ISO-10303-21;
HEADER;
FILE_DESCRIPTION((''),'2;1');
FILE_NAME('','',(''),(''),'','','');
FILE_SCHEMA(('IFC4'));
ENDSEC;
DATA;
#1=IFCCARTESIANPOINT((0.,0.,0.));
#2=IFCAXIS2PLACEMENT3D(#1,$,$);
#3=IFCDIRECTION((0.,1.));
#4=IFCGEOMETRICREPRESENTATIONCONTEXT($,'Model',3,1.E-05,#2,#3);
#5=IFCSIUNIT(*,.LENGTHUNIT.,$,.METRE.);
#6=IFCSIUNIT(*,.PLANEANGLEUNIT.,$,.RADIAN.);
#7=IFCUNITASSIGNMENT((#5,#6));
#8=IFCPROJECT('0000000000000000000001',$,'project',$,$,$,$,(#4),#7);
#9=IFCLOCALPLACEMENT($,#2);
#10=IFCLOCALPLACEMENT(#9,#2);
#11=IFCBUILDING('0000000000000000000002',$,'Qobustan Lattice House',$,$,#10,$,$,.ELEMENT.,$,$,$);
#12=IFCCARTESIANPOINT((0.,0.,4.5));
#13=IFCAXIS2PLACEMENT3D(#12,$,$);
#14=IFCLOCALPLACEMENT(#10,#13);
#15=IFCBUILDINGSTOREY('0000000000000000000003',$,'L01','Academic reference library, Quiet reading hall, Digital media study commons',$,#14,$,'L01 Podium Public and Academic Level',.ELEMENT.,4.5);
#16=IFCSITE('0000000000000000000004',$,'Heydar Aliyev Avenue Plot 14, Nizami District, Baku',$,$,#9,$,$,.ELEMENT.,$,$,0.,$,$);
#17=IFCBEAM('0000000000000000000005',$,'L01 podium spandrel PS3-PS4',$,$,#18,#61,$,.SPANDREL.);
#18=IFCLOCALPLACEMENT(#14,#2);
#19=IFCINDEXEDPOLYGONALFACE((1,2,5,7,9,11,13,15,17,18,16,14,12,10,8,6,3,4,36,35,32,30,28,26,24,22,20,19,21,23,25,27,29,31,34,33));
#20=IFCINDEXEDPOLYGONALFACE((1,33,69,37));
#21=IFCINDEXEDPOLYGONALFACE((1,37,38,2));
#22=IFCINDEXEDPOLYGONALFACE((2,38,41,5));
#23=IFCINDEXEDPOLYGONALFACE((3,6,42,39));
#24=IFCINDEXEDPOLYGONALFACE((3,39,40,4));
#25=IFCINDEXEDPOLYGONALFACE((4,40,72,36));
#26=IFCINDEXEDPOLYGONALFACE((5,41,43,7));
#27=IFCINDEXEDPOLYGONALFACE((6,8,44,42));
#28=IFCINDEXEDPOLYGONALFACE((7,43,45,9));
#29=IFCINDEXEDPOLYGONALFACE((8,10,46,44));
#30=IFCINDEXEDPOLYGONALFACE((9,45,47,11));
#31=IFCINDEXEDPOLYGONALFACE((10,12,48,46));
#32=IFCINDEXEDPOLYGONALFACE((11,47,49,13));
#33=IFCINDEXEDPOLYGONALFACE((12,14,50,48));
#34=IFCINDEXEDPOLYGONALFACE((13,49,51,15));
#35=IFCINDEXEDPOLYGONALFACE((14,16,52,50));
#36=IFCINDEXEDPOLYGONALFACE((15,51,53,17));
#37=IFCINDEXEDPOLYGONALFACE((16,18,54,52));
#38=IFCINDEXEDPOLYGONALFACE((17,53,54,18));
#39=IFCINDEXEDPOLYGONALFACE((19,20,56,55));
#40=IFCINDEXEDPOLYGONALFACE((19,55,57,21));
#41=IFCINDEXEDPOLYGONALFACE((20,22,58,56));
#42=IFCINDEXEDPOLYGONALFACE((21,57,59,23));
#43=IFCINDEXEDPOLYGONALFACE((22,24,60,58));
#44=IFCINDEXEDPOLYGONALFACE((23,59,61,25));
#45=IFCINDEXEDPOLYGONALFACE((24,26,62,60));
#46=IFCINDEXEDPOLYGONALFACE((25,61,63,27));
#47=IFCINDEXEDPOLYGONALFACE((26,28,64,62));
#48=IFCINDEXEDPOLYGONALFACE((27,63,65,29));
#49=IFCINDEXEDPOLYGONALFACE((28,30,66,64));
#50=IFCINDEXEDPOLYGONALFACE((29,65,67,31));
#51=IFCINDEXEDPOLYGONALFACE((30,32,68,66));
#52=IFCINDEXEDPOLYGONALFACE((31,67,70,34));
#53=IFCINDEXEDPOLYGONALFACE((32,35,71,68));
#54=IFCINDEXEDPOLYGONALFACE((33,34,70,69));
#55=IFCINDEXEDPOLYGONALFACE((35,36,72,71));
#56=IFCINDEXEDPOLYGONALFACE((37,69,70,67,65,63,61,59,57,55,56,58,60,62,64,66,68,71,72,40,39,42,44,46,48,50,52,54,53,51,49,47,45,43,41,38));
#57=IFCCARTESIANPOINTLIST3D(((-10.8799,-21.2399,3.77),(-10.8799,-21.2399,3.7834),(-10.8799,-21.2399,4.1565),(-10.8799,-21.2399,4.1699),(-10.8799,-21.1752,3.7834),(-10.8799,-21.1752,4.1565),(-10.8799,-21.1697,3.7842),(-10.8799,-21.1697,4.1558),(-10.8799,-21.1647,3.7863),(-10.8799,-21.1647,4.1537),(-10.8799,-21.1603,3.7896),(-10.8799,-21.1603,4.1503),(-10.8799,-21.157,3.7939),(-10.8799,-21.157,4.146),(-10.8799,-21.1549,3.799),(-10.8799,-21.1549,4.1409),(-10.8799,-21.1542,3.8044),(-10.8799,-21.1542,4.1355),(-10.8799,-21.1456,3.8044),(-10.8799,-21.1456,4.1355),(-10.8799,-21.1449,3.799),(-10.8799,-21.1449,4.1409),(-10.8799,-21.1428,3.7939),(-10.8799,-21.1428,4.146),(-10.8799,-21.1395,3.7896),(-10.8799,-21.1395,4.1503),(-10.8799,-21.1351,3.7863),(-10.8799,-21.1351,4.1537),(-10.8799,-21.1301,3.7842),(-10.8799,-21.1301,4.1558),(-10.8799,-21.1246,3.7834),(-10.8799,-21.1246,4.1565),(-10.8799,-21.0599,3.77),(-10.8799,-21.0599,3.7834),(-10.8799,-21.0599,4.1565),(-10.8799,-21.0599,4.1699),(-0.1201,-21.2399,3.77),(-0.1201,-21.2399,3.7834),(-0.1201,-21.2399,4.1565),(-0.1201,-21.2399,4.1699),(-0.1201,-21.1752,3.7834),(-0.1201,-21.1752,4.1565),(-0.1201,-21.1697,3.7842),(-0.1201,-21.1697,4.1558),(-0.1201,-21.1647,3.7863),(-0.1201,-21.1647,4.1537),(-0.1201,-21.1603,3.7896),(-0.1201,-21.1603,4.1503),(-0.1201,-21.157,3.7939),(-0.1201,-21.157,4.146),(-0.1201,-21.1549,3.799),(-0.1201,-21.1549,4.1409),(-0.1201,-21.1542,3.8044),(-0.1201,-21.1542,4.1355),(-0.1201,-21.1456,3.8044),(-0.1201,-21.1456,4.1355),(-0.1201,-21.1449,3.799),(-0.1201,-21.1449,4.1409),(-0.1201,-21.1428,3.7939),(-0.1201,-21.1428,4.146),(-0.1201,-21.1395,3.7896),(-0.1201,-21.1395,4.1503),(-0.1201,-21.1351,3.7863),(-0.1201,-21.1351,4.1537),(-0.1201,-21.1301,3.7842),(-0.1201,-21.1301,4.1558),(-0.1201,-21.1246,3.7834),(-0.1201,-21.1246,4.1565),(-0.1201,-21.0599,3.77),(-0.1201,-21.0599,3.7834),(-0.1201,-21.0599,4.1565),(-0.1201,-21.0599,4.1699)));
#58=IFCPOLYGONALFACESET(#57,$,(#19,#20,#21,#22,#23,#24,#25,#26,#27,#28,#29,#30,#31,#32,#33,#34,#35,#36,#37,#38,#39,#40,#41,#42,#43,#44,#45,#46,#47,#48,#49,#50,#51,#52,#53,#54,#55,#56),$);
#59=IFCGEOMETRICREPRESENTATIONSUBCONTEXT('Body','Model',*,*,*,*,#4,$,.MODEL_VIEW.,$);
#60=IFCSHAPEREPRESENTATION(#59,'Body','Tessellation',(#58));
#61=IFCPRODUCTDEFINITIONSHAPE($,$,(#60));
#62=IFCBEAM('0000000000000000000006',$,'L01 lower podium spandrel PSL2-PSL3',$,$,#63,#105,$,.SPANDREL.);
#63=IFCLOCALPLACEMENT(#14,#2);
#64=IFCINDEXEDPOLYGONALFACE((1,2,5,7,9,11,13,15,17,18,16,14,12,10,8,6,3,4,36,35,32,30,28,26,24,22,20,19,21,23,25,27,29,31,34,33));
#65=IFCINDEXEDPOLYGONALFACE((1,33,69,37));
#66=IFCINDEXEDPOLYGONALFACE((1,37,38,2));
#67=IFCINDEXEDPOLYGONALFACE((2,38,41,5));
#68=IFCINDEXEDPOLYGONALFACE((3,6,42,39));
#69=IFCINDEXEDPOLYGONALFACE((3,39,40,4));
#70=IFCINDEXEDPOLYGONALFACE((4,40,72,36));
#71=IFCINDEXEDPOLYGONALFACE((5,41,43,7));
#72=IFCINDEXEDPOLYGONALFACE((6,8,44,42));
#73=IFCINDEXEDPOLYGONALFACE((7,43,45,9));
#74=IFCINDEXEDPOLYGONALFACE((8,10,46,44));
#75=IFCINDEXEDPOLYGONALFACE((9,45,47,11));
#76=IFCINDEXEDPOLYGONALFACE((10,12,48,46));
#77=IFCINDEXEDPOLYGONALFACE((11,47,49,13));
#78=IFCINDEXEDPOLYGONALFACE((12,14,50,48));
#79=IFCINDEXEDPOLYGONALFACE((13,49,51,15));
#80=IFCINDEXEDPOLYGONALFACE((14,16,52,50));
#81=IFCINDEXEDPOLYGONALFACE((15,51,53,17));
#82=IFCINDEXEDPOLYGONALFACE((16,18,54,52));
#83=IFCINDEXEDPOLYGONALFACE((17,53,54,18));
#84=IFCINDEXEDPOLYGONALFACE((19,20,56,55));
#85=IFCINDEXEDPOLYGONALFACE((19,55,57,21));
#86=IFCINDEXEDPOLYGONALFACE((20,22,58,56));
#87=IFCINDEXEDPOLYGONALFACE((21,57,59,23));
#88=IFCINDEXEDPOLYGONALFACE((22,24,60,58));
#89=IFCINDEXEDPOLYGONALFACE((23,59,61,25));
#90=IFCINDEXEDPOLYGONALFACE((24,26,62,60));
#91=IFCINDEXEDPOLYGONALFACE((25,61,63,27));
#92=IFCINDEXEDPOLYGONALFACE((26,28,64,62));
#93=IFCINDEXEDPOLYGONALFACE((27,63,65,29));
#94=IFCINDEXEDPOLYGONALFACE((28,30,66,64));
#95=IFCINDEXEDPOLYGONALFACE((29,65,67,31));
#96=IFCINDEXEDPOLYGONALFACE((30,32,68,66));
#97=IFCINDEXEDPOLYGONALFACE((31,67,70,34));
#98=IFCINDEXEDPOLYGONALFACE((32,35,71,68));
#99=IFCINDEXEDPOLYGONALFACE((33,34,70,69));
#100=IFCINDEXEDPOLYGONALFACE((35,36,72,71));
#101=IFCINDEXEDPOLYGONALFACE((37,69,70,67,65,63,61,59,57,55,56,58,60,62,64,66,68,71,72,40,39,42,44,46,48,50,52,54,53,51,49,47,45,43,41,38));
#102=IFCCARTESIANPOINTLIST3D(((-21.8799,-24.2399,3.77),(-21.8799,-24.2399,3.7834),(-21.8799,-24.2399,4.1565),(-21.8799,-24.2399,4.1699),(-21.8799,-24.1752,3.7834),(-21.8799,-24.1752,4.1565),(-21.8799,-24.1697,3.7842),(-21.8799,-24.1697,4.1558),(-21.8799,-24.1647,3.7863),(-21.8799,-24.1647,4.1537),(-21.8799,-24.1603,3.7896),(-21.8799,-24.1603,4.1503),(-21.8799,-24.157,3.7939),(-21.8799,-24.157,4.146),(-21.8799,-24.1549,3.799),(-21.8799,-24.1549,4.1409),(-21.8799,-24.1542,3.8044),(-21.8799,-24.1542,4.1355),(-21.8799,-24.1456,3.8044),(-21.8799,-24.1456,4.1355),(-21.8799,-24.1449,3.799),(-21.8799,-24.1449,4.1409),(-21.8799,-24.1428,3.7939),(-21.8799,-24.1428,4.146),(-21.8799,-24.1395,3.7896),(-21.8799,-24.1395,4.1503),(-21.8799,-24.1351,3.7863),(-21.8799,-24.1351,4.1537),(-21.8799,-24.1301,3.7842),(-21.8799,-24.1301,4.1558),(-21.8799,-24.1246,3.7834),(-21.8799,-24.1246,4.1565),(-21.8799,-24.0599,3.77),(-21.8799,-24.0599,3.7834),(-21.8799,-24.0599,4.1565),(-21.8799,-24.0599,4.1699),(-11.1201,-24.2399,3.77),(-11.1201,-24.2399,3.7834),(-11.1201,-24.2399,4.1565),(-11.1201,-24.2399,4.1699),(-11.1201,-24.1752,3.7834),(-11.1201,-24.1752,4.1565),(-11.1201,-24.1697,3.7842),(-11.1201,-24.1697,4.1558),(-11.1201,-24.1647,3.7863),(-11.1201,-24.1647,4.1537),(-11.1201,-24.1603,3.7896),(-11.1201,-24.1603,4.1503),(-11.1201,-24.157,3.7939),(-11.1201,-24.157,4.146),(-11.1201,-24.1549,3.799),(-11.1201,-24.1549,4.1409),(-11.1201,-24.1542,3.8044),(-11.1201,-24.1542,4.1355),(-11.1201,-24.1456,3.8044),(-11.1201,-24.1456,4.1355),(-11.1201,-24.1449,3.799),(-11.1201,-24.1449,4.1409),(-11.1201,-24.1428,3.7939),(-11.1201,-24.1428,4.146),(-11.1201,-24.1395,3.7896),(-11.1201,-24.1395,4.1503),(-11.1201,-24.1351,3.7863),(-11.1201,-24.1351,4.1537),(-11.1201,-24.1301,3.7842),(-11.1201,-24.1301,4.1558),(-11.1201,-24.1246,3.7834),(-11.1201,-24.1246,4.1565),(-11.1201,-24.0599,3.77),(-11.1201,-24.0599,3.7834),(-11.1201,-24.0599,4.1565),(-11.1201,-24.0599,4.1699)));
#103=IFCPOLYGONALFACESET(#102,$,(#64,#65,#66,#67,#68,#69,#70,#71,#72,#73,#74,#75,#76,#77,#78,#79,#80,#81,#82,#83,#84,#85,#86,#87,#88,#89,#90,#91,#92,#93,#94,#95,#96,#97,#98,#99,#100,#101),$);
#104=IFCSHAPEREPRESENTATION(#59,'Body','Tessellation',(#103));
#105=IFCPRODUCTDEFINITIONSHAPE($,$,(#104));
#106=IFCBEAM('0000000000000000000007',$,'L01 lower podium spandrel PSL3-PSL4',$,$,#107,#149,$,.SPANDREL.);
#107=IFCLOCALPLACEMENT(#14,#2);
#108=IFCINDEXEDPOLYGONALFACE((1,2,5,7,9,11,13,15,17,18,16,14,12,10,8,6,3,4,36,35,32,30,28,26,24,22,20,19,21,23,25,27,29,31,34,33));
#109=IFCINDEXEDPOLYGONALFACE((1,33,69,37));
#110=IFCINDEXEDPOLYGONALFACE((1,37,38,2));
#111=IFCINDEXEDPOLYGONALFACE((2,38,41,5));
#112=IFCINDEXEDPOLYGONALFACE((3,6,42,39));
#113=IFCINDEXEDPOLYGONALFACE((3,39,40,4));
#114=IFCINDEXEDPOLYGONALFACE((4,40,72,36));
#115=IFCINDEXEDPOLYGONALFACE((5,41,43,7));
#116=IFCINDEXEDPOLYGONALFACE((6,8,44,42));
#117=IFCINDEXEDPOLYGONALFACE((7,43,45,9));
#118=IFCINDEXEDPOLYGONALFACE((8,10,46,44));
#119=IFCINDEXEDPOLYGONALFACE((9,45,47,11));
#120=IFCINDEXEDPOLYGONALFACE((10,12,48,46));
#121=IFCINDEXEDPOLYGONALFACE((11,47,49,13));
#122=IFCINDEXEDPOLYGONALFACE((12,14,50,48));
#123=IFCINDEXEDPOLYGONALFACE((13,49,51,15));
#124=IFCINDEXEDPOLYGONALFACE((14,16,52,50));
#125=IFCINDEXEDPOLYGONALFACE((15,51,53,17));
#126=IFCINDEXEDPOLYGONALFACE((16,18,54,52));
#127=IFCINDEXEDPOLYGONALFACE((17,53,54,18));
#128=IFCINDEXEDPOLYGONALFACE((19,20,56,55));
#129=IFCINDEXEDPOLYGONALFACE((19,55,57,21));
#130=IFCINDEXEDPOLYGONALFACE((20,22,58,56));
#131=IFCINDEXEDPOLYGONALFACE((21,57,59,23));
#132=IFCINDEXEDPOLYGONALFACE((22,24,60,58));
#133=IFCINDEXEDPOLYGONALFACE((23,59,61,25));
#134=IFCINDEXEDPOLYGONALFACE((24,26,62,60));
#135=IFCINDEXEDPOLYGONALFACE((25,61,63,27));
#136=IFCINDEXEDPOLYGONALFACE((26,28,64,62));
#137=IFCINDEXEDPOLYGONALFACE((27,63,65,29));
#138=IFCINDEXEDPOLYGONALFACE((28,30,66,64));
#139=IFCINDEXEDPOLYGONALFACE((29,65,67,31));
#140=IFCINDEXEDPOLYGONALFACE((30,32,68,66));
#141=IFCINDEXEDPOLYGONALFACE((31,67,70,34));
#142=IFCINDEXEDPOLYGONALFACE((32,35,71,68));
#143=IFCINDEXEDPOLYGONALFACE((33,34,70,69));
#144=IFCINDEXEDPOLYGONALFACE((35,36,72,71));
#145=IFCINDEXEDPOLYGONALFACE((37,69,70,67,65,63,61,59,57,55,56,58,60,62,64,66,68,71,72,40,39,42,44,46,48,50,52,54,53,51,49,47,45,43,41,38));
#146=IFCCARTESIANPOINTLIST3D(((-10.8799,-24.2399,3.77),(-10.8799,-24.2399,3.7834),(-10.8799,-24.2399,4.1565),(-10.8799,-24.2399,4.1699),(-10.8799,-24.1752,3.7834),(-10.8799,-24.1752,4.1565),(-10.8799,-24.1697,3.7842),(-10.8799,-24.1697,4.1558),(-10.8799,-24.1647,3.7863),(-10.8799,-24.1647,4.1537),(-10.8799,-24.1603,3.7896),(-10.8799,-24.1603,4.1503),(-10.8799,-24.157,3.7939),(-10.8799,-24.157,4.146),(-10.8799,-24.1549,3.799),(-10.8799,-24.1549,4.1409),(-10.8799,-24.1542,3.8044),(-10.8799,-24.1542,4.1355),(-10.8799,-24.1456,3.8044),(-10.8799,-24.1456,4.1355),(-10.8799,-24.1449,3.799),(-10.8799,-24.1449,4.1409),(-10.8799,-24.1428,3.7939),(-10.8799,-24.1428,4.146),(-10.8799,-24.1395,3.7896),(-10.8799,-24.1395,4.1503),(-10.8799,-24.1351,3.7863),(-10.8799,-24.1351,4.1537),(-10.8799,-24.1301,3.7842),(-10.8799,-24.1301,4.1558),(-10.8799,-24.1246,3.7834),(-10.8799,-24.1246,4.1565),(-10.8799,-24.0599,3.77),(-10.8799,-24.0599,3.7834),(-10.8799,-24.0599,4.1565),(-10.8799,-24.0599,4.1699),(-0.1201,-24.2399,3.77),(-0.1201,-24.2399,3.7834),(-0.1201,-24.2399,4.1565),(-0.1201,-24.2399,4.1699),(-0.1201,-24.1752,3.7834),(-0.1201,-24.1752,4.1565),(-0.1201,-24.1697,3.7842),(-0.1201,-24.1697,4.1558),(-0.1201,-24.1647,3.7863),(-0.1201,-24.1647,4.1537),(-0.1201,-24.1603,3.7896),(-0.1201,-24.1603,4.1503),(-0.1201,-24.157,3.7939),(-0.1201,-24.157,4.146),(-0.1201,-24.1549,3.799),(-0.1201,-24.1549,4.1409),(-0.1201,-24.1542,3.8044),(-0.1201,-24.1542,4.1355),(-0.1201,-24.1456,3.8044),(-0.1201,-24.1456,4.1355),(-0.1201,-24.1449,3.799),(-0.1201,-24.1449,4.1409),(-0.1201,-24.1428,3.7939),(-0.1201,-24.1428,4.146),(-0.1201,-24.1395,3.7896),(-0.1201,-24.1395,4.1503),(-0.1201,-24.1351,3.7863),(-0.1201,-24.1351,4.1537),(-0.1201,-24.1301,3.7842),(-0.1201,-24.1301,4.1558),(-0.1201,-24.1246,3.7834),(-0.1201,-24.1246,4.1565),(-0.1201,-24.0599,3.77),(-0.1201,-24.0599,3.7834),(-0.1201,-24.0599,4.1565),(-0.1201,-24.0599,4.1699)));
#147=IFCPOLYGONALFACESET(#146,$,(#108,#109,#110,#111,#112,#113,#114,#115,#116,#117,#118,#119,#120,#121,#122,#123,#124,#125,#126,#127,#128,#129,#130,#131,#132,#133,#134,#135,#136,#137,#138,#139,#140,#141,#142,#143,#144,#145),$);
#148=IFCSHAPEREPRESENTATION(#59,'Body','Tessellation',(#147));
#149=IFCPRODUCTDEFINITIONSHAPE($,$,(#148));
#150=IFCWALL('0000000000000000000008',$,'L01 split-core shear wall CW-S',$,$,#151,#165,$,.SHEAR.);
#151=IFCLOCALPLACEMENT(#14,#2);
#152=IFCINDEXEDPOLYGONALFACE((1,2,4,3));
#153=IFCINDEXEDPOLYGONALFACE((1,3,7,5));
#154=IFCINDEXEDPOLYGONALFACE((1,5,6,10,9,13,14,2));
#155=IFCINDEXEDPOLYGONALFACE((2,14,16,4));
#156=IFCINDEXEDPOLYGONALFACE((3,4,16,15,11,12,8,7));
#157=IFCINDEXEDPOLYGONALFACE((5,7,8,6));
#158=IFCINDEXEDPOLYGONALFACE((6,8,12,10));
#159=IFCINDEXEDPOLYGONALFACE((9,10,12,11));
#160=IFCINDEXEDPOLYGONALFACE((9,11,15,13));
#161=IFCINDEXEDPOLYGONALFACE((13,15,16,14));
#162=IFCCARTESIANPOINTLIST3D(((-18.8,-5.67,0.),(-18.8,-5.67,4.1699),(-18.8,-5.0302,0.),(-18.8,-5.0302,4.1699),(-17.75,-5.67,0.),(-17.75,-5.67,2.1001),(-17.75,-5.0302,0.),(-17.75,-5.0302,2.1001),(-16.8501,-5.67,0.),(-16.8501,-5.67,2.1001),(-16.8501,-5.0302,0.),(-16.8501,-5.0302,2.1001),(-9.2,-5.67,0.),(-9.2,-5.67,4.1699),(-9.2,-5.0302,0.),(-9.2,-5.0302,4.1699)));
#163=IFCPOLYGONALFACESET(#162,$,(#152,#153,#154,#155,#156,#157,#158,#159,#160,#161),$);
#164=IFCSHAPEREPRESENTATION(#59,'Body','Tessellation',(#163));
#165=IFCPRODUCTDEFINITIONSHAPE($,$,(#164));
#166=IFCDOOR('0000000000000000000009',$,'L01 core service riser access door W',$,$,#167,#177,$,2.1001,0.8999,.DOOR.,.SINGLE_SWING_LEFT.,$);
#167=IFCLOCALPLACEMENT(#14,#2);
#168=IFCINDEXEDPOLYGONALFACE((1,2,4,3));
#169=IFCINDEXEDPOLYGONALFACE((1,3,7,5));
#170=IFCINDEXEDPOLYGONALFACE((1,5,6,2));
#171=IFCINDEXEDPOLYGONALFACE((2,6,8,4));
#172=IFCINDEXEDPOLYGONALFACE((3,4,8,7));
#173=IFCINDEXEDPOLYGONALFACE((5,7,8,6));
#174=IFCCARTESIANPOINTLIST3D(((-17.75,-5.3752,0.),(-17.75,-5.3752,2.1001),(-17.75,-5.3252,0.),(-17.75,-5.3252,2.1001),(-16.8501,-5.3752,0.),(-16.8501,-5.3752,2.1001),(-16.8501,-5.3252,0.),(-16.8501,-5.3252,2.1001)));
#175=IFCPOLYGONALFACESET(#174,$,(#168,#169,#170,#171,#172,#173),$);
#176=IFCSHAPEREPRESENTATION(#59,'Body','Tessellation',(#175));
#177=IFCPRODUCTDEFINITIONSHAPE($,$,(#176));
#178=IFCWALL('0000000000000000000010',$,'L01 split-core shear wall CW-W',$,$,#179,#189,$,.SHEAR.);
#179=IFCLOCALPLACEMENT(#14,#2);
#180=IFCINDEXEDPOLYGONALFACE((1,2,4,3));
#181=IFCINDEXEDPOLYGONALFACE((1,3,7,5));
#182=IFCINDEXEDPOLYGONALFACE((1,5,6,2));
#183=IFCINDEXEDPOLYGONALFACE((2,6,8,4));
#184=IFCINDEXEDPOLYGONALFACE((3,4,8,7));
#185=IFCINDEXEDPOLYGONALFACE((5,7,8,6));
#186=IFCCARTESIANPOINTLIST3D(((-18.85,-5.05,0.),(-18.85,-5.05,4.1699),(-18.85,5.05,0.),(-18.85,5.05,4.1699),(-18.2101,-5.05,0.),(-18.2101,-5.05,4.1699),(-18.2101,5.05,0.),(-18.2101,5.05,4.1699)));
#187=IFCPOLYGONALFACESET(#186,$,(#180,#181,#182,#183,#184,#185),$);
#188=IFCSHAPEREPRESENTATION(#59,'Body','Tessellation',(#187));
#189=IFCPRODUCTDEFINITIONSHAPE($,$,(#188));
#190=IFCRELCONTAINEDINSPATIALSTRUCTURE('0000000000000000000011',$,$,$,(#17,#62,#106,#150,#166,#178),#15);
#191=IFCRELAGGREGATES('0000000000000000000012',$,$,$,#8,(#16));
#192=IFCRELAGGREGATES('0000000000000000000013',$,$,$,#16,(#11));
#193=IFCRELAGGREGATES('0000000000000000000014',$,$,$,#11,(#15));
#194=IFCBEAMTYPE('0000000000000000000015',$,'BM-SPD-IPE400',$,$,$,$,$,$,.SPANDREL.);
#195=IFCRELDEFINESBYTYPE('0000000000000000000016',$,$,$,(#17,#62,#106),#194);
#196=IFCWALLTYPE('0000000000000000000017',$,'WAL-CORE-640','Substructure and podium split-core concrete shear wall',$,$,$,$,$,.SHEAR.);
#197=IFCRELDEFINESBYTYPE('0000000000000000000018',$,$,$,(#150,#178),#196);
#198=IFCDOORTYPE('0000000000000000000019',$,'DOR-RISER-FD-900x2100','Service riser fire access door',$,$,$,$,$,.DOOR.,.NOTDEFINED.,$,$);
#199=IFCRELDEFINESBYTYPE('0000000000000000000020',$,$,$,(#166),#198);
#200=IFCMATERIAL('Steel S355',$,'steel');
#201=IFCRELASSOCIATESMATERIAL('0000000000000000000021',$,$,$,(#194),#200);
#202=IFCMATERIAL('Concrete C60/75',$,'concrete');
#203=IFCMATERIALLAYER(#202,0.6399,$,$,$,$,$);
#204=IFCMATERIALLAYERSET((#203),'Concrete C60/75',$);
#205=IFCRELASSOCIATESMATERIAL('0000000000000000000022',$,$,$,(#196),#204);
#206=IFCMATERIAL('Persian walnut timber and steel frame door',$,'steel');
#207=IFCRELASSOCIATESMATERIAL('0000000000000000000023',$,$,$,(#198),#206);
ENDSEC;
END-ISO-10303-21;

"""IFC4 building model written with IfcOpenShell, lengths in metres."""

from ifc_helpers import new_model, si_unit, direction, frame, frame_2d, origin, origin_2d, place, context, subcontext, project, spatial, rectangle, i_section, extrude, material, layer, layer_set, material_profile, profile_set, type_object, element, fill, save


model = new_model("IFC4")

# Units and contexts
model_context = context("Model", 3, precision=1e-05, world=origin(), true_north=direction((0.0, 1.0)))
body_context = subcontext(model_context, "Body", "Model", "MODEL_VIEW")
ifc_project = project(units=[si_unit("LENGTHUNIT", "METRE"), si_unit("PLANEANGLEUNIT", "RADIAN")], contexts=[model_context])

# Site, building, storey
site_placement = place(None, origin())
site = spatial("IfcSite", under=ifc_project, at=site_placement, Name="Heydar Aliyev Avenue Plot 14, Nizami District, Baku", CompositionType="ELEMENT", RefElevation=0.0)
building_placement = place(site_placement, origin())
building = spatial("IfcBuilding", under=site, at=building_placement, Name="Qobustan Lattice House", CompositionType="ELEMENT")
storey_placement = place(building_placement, frame((0.0, 0.0, 4.5)))
storey = spatial("IfcBuildingStorey", under=building, at=storey_placement, Name="L01", Description="Academic reference library, Quiet reading hall, Digital media study commons", LongName="L01 Podium Public and Academic Level", CompositionType="ELEMENT", Elevation=4.5)

# Beams
ifc_material_1 = material(Name="Steel S355", Category="steel")
ifc_material_profile_1 = material_profile(ifc_material_1, i_section(OverallWidth=0.1799, OverallDepth=0.3999, WebThickness=0.0085, FlangeThickness=0.0134, FilletRadius=0.021, at=origin_2d()), Name="IPE400")
ifc_profile_set_1 = profile_set([ifc_material_profile_1], Name="Steel S355")
beam_type_1 = type_object("IfcBeamType", Name="BM-SPD-IPE400", PredefinedType="SPANDREL", material=ifc_profile_set_1)
for number, where, z_axis, x_axis, name in (
    (1, (-10.8799, -21.1499, 3.97), (1.0, 0.0, 0.0), (0.0, 1.0, 0.0), "L01 podium spandrel PS3-PS4"),
    (2, (-21.8799, -24.1499, 3.97), (1.0, 0.0, 0.0), (0.0, 1.0, 0.0), "L01 lower podium spandrel PSL2-PSL3"),
    (3, (-10.8799, -24.1499, 3.97), (1.0, 0.0, 0.0), (0.0, 1.0, 0.0), "L01 lower podium spandrel PSL3-PSL4"),
):
    element("IfcBeam", number, at=place(storey_placement, frame(where, z_axis=z_axis, x_axis=x_axis)), inside=storey, type_object=beam_type_1, Name=name, PredefinedType="SPANDREL", context=body_context, shape_type="SweptSolid", body=[
        extrude(i_section(OverallWidth=0.1799, OverallDepth=0.3999, WebThickness=0.0085, FlangeThickness=0.0134, FilletRadius=0.021, at=origin_2d()), origin(), (0.0, 0.0, 1.0), 10.7598),
    ])

# Wall, opening, door
ifc_material_2 = material(Name="Concrete C60/75", Category="concrete")
ifc_layer_1 = layer(ifc_material_2, 0.6399)
ifc_layer_set_1 = layer_set([ifc_layer_1], Name="Concrete C60/75")
wall_type_1 = type_object("IfcWallType", Name="WAL-CORE-640", Description="Substructure and podium split-core concrete shear wall", PredefinedType="SHEAR", material=ifc_layer_set_1)
wall_1_placement = place(storey_placement, frame((-18.8, -5.3501, 0.0), z_axis=(0.0, 0.0, 1.0), x_axis=(1.0, 0.0, 0.0)))
wall_1 = element("IfcWall", 4, at=wall_1_placement, inside=storey, type_object=wall_type_1, Name="L01 split-core shear wall CW-S", PredefinedType="SHEAR", context=body_context, shape_type="SweptSolid", body=[
    extrude(rectangle(XDim=9.6001, YDim=0.6399, at=frame_2d((4.8, 0.0))), origin(), (0.0, 0.0, 1.0), 4.1699),
])
opening_1_placement = place(wall_1_placement, frame((1.05, 0.0, 0.0)))
opening_1 = element("IfcOpeningElement", 5, at=opening_1_placement, cuts=wall_1, PredefinedType="OPENING", context=body_context, shape_type="SweptSolid", body=[
    extrude(rectangle(XDim=0.8999, YDim=2.1001, at=frame_2d((0.45, 1.05))), frame((0.0, 0.3298, 0.0), z_axis=(0.0, -1.0, 0.0), x_axis=(1.0, 0.0, 0.0)), (0.0, 0.0, 1.0), 0.6599),
])
ifc_material_3 = material(Name="Persian walnut timber and steel frame door", Category="steel")
door_type_1 = type_object("IfcDoorType", Name="DOR-RISER-FD-900x2100", Description="Service riser fire access door", OperationType="NOTDEFINED", PredefinedType="DOOR", material=ifc_material_3)
door_1_placement = place(opening_1_placement, origin())
door_1 = element("IfcDoor", 6, at=door_1_placement, inside=storey, type_object=door_type_1, Name="L01 core service riser access door W", OperationType="SINGLE_SWING_LEFT", OverallHeight=2.1001, OverallWidth=0.8999, PredefinedType="DOOR", context=body_context, shape_type="SweptSolid", body=[
    extrude(rectangle(XDim=0.8999, YDim=2.1001, at=frame_2d((0.45, 1.05))), frame((0.0, 0.0249, 0.0), z_axis=(0.0, -1.0, 0.0), x_axis=(1.0, 0.0, 0.0)), (0.0, 0.0, 1.0), 0.05),
])
fill(opening_1, door_1)

# Wall
wall_2_placement = place(storey_placement, frame((-18.53, -5.05, 0.0), z_axis=(0.0, 0.0, 1.0), x_axis=(0.0, 1.0, 0.0)))
element("IfcWall", 7, at=wall_2_placement, inside=storey, type_object=wall_type_1, Name="L01 split-core shear wall CW-W", PredefinedType="SHEAR", context=body_context, shape_type="SweptSolid", body=[
    extrude(rectangle(XDim=10.1001, YDim=0.6399, at=frame_2d((5.05, 0.0))), origin(), (0.0, 0.0, 1.0), 4.1699),
])

save(model, "model.ifc")
